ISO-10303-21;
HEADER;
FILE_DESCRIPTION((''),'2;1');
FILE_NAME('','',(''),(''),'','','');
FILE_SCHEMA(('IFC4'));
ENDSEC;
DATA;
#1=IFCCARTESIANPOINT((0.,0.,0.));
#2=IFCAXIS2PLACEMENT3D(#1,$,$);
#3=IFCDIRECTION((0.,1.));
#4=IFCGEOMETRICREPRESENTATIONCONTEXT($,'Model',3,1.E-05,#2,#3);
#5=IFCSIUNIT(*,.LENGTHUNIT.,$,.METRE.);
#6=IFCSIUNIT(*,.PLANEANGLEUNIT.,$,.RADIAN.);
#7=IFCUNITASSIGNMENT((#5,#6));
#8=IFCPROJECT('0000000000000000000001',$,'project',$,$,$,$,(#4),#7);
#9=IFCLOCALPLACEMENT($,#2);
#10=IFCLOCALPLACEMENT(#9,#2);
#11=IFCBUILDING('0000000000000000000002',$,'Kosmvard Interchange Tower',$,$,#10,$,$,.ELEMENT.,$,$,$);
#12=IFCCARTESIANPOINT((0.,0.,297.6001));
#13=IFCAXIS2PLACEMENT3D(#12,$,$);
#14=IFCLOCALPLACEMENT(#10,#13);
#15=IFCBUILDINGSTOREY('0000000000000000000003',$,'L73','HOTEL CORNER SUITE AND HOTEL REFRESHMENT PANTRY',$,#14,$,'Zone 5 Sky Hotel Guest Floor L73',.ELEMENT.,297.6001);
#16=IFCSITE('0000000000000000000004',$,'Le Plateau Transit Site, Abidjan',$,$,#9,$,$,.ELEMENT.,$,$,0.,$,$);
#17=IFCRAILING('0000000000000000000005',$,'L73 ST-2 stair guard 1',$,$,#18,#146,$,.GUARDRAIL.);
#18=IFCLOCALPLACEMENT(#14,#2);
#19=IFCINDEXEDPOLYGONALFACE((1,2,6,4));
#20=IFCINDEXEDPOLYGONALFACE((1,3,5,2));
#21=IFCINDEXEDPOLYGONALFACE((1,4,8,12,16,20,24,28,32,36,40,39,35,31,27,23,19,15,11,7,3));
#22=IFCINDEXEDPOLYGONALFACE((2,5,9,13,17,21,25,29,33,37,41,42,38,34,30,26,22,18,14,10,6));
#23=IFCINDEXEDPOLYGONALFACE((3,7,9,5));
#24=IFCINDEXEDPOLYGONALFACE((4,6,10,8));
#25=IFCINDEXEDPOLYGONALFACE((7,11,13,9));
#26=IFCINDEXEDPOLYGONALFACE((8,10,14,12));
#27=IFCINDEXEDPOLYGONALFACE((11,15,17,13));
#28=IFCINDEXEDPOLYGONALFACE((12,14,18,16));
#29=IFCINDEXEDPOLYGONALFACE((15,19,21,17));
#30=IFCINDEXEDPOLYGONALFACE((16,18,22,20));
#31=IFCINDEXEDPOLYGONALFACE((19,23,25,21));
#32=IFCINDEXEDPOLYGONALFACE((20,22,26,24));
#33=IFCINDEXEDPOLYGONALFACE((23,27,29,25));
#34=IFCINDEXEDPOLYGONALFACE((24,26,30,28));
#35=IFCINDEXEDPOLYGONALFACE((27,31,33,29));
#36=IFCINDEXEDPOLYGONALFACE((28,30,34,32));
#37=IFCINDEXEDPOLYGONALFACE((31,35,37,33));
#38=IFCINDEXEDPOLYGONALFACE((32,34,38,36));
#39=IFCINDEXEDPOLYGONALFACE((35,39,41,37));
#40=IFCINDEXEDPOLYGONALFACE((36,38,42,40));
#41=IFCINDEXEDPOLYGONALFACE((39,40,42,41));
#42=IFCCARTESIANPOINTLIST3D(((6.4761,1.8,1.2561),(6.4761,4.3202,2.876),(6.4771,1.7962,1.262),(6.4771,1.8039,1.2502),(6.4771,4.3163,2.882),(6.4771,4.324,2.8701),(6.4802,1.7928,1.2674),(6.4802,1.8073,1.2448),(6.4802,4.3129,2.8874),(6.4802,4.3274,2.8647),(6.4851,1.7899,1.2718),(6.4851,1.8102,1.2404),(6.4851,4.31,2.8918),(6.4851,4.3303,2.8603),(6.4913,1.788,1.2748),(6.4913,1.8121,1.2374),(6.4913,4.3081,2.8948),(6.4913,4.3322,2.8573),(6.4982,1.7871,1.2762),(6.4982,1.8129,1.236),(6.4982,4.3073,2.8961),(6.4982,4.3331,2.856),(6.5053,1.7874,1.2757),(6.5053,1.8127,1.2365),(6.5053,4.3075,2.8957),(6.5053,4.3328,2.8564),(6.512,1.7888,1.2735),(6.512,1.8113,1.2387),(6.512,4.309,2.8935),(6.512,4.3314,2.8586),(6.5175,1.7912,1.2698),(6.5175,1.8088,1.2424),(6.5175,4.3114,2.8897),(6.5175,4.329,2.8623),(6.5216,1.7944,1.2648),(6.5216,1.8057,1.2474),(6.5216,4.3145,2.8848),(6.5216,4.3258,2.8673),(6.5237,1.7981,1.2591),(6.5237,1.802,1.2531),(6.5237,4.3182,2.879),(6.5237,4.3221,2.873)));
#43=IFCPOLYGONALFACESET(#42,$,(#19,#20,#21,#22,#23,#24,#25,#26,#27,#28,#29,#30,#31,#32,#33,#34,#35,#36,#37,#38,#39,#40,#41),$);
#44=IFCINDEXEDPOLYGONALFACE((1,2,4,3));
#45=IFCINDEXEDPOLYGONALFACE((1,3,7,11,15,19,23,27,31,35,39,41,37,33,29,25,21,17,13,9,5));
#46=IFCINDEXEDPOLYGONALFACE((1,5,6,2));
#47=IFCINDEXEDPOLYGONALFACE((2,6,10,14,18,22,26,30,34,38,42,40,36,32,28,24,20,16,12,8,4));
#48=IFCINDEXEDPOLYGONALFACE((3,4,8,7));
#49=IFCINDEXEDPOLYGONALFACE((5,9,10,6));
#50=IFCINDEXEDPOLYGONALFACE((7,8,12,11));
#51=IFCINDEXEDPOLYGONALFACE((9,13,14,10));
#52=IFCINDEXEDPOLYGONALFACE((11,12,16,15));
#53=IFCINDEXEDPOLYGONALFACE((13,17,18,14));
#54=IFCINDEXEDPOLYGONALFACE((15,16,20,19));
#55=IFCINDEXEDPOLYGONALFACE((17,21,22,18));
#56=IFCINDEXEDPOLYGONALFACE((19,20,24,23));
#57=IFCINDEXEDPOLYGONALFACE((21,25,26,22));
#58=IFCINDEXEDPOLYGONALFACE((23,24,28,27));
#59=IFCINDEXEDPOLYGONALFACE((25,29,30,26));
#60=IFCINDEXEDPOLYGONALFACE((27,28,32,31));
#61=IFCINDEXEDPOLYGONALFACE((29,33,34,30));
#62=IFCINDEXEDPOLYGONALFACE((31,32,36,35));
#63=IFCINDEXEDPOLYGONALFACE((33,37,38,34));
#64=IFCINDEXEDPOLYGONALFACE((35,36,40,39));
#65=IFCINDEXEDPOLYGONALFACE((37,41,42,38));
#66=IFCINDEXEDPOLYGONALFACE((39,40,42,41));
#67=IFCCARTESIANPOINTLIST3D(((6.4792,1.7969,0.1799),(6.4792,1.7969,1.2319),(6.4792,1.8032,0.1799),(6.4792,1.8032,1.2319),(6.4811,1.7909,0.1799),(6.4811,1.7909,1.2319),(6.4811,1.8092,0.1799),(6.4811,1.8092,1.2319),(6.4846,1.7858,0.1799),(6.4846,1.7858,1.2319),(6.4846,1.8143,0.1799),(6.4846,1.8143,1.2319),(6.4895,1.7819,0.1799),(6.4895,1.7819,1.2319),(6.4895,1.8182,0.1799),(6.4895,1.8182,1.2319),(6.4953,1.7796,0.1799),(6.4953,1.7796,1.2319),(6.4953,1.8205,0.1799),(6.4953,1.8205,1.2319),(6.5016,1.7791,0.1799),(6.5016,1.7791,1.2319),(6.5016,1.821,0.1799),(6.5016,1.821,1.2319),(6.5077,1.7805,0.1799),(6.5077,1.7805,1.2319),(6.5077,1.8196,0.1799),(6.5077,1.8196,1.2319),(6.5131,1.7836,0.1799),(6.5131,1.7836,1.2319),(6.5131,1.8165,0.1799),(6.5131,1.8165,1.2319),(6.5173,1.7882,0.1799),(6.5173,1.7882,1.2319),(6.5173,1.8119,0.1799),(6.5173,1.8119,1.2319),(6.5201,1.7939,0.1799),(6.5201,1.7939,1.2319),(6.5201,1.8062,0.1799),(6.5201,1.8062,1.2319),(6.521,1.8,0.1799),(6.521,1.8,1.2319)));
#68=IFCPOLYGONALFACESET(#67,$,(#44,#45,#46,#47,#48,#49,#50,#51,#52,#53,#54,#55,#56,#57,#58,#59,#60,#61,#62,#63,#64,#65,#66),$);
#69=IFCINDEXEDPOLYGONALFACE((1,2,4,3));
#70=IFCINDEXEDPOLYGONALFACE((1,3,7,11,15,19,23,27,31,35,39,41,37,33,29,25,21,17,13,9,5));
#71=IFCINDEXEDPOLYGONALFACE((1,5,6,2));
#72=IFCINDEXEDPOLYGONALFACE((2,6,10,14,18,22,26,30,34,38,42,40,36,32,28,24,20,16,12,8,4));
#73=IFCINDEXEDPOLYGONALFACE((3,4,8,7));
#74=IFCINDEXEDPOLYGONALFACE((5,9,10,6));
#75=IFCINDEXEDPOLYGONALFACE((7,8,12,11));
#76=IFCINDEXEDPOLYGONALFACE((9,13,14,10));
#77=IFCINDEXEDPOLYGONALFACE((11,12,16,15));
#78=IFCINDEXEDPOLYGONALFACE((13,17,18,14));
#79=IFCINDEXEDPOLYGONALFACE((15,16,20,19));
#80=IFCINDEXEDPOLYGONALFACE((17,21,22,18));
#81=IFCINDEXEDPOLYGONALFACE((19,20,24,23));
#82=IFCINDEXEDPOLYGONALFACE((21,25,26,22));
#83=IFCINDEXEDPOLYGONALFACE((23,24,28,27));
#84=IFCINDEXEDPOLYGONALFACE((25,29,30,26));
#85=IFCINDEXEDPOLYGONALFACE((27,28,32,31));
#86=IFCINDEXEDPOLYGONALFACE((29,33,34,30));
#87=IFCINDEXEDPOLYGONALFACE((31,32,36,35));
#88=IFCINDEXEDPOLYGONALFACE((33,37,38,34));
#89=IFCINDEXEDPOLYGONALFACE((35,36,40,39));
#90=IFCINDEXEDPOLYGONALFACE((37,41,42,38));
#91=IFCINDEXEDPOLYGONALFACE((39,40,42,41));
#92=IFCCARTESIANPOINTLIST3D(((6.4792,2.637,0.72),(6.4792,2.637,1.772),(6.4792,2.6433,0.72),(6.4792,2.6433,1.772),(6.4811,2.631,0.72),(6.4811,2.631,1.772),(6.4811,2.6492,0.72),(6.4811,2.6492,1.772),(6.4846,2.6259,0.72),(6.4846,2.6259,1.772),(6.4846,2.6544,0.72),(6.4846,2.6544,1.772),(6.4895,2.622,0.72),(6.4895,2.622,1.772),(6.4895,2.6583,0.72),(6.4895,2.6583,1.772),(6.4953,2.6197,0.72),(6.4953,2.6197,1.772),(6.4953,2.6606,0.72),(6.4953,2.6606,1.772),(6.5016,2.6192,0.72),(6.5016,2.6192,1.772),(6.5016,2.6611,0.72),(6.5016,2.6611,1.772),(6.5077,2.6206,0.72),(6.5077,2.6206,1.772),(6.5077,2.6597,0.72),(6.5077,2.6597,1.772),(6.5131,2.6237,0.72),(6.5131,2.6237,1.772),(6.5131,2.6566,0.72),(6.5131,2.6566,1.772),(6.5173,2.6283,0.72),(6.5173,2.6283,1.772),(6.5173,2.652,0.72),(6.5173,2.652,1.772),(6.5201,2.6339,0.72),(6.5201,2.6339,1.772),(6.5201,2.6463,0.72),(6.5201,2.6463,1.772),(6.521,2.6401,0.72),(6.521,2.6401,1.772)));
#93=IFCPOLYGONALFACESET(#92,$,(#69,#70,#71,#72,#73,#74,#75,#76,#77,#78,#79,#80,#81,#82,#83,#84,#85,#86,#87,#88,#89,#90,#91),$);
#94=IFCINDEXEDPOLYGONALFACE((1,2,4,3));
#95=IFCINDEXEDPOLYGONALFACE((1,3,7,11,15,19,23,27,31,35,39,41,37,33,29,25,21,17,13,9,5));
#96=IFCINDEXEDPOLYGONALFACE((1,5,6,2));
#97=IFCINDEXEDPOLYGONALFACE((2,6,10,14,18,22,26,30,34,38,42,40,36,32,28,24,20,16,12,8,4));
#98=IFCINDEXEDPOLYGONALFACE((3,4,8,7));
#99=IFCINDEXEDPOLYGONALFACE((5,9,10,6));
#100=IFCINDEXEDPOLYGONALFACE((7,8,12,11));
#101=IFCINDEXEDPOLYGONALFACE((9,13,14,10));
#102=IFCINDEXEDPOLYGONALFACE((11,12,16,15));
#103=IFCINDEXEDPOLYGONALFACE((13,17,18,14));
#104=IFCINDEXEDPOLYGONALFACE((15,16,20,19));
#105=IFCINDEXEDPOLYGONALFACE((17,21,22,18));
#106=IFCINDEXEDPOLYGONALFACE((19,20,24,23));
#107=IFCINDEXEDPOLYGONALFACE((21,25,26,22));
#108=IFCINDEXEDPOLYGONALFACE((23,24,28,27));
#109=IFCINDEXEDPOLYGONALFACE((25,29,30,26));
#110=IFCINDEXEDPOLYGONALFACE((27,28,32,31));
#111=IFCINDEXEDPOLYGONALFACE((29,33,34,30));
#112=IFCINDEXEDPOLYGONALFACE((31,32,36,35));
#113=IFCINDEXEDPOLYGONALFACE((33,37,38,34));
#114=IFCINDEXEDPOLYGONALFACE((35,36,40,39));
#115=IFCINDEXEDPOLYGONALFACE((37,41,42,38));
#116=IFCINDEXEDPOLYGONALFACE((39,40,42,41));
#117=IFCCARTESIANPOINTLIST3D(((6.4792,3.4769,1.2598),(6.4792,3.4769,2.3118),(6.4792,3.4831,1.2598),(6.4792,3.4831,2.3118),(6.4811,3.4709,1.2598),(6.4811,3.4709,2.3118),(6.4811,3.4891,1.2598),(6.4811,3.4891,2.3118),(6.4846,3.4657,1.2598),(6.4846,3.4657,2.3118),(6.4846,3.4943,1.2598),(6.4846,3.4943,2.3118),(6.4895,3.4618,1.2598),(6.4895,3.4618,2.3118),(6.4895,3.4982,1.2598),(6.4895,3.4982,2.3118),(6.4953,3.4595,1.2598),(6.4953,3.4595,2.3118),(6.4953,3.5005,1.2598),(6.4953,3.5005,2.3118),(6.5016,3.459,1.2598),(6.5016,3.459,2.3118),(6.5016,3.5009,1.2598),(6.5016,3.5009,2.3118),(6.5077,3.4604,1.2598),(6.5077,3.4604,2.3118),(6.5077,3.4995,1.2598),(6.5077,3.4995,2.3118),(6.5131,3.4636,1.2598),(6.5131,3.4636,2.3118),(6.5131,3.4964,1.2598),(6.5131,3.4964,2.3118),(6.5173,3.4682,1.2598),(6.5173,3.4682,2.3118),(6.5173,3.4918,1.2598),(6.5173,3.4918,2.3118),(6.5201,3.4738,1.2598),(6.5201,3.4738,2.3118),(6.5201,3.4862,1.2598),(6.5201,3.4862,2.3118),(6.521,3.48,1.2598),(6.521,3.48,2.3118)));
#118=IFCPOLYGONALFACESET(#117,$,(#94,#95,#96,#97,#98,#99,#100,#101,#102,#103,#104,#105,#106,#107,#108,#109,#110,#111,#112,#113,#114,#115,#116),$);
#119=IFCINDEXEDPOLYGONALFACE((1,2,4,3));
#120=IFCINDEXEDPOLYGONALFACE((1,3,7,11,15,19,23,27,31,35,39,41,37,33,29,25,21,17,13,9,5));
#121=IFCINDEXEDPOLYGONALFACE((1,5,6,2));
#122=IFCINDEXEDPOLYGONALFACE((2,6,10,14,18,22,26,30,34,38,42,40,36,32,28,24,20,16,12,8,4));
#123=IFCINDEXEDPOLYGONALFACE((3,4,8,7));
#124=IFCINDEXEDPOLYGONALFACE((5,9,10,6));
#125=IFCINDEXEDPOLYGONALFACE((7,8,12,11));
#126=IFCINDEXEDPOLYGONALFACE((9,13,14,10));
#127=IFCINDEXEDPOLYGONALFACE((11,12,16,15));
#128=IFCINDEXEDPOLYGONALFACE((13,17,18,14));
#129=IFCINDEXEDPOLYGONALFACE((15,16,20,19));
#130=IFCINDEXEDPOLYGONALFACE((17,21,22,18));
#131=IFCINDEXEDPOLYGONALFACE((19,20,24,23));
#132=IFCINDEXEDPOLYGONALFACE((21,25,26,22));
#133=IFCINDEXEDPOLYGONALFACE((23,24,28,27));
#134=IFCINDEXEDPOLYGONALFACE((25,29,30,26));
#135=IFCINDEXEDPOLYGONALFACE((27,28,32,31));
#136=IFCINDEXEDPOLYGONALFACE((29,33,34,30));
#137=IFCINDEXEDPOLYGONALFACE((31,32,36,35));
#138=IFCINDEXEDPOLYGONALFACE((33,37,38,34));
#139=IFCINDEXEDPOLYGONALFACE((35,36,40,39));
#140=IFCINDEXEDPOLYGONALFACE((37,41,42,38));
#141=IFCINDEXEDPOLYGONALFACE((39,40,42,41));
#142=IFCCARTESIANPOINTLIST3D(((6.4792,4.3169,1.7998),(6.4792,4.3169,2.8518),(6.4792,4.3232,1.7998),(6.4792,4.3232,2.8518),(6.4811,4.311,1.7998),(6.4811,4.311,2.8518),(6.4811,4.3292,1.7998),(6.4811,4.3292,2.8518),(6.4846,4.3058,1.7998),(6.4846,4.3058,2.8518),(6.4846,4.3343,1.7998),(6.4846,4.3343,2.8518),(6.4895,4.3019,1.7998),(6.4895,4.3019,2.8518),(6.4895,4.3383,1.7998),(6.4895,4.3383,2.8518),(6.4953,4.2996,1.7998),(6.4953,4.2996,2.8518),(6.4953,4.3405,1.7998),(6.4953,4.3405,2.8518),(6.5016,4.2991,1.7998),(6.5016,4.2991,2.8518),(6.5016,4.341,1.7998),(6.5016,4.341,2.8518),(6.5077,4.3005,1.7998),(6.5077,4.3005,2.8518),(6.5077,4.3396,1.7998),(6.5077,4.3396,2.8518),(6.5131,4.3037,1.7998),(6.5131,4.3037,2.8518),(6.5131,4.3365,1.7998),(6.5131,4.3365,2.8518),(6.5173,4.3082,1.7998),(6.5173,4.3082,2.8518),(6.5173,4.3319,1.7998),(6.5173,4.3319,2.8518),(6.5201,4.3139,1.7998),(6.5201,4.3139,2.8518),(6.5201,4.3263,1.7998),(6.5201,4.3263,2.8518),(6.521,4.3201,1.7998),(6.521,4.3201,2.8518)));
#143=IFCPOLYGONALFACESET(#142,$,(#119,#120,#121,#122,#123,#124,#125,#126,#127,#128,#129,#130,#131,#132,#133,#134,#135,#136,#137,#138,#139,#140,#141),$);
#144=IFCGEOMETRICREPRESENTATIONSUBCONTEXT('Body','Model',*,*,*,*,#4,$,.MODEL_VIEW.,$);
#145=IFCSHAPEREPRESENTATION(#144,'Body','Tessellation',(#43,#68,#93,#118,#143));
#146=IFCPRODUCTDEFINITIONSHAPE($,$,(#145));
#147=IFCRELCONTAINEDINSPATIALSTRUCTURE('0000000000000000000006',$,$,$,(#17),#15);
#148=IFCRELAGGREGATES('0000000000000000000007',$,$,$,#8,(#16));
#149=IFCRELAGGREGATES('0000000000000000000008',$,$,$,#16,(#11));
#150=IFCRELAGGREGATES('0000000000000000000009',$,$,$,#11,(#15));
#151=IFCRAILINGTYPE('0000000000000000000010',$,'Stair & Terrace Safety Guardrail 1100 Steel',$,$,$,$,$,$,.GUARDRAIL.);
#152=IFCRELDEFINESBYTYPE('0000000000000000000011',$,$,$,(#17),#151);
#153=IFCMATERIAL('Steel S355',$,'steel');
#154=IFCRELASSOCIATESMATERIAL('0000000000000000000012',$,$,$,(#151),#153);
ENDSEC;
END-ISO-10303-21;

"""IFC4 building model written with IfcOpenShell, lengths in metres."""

from ifc_helpers import new_model, si_unit, direction, frame, origin, origin_2d, place, context, subcontext, project, spatial, circle, extrude, source, transform, mapped, material, type_object, element, save


model = new_model("IFC4")

# Units and contexts
model_context = context("Model", 3, precision=1e-05, world=origin(), true_north=direction((0.0, 1.0)))
body_context = subcontext(model_context, "Body", "Model", "MODEL_VIEW")
ifc_project = project(units=[si_unit("LENGTHUNIT", "METRE"), si_unit("PLANEANGLEUNIT", "RADIAN")], contexts=[model_context])

# Site, building, storey
site_placement = place(None, origin())
site = spatial("IfcSite", under=ifc_project, at=site_placement, Name="Le Plateau Transit Site, Abidjan", CompositionType="ELEMENT", RefElevation=0.0)
building_placement = place(site_placement, origin())
building = spatial("IfcBuilding", under=site, at=building_placement, Name="Kosmvard Interchange Tower", CompositionType="ELEMENT")
storey_placement = place(building_placement, frame((0.0, 0.0, 297.6001)))
storey = spatial("IfcBuildingStorey", under=building, at=storey_placement, Name="L73", Description="HOTEL CORNER SUITE AND HOTEL REFRESHMENT PANTRY", LongName="Zone 5 Sky Hotel Guest Floor L73", CompositionType="ELEMENT", Elevation=297.6001)

# Shared definitions
ifc_material_1 = material(Name="Steel S355", Category="steel")

# Railing
railing_type = type_object("IfcRailingType", Name="Stair & Terrace Safety Guardrail 1100 Steel", PredefinedType="GUARDRAIL", material=ifc_material_1)
shared_shape_1 = source(origin(), body_context, "Body", "SweptSolid", [
    extrude(circle(Radius=0.0239, at=origin_2d()), frame((0.0, 0.0, 1.0762), z_axis=(0.0, 0.8412, 0.540725), x_axis=(-1.0, 0.0, 0.0)), (0.0, 0.0, 1.0), 2.9958),
    extrude(circle(Radius=0.021, at=origin_2d()), origin(), (0.0, 0.0, 1.0), 1.052),
    extrude(circle(Radius=0.021, at=origin_2d()), frame((0.0, 0.8401, 0.54)), (0.0, 0.0, 1.0), 1.052),
    extrude(circle(Radius=0.021, at=origin_2d()), frame((0.0, 1.6799, 1.0798)), (0.0, 0.0, 1.0), 1.052),
    extrude(circle(Radius=0.021, at=origin_2d()), frame((0.0, 2.52, 1.6199)), (0.0, 0.0, 1.0), 1.052),
])
railing_1_placement = place(storey_placement, frame((6.5, 1.8, 0.1799)))
element("IfcRailing", 1, at=railing_1_placement, inside=storey, type_object=railing_type, Name="L73 ST-2 stair guard 1", PredefinedType="GUARDRAIL", context=body_context, shape_type="MappedRepresentation", body=[
    mapped(shared_shape_1, transform((0.0, 0.0, 0.0), scale=1.0)),
])

save(model, "model.ifc")
